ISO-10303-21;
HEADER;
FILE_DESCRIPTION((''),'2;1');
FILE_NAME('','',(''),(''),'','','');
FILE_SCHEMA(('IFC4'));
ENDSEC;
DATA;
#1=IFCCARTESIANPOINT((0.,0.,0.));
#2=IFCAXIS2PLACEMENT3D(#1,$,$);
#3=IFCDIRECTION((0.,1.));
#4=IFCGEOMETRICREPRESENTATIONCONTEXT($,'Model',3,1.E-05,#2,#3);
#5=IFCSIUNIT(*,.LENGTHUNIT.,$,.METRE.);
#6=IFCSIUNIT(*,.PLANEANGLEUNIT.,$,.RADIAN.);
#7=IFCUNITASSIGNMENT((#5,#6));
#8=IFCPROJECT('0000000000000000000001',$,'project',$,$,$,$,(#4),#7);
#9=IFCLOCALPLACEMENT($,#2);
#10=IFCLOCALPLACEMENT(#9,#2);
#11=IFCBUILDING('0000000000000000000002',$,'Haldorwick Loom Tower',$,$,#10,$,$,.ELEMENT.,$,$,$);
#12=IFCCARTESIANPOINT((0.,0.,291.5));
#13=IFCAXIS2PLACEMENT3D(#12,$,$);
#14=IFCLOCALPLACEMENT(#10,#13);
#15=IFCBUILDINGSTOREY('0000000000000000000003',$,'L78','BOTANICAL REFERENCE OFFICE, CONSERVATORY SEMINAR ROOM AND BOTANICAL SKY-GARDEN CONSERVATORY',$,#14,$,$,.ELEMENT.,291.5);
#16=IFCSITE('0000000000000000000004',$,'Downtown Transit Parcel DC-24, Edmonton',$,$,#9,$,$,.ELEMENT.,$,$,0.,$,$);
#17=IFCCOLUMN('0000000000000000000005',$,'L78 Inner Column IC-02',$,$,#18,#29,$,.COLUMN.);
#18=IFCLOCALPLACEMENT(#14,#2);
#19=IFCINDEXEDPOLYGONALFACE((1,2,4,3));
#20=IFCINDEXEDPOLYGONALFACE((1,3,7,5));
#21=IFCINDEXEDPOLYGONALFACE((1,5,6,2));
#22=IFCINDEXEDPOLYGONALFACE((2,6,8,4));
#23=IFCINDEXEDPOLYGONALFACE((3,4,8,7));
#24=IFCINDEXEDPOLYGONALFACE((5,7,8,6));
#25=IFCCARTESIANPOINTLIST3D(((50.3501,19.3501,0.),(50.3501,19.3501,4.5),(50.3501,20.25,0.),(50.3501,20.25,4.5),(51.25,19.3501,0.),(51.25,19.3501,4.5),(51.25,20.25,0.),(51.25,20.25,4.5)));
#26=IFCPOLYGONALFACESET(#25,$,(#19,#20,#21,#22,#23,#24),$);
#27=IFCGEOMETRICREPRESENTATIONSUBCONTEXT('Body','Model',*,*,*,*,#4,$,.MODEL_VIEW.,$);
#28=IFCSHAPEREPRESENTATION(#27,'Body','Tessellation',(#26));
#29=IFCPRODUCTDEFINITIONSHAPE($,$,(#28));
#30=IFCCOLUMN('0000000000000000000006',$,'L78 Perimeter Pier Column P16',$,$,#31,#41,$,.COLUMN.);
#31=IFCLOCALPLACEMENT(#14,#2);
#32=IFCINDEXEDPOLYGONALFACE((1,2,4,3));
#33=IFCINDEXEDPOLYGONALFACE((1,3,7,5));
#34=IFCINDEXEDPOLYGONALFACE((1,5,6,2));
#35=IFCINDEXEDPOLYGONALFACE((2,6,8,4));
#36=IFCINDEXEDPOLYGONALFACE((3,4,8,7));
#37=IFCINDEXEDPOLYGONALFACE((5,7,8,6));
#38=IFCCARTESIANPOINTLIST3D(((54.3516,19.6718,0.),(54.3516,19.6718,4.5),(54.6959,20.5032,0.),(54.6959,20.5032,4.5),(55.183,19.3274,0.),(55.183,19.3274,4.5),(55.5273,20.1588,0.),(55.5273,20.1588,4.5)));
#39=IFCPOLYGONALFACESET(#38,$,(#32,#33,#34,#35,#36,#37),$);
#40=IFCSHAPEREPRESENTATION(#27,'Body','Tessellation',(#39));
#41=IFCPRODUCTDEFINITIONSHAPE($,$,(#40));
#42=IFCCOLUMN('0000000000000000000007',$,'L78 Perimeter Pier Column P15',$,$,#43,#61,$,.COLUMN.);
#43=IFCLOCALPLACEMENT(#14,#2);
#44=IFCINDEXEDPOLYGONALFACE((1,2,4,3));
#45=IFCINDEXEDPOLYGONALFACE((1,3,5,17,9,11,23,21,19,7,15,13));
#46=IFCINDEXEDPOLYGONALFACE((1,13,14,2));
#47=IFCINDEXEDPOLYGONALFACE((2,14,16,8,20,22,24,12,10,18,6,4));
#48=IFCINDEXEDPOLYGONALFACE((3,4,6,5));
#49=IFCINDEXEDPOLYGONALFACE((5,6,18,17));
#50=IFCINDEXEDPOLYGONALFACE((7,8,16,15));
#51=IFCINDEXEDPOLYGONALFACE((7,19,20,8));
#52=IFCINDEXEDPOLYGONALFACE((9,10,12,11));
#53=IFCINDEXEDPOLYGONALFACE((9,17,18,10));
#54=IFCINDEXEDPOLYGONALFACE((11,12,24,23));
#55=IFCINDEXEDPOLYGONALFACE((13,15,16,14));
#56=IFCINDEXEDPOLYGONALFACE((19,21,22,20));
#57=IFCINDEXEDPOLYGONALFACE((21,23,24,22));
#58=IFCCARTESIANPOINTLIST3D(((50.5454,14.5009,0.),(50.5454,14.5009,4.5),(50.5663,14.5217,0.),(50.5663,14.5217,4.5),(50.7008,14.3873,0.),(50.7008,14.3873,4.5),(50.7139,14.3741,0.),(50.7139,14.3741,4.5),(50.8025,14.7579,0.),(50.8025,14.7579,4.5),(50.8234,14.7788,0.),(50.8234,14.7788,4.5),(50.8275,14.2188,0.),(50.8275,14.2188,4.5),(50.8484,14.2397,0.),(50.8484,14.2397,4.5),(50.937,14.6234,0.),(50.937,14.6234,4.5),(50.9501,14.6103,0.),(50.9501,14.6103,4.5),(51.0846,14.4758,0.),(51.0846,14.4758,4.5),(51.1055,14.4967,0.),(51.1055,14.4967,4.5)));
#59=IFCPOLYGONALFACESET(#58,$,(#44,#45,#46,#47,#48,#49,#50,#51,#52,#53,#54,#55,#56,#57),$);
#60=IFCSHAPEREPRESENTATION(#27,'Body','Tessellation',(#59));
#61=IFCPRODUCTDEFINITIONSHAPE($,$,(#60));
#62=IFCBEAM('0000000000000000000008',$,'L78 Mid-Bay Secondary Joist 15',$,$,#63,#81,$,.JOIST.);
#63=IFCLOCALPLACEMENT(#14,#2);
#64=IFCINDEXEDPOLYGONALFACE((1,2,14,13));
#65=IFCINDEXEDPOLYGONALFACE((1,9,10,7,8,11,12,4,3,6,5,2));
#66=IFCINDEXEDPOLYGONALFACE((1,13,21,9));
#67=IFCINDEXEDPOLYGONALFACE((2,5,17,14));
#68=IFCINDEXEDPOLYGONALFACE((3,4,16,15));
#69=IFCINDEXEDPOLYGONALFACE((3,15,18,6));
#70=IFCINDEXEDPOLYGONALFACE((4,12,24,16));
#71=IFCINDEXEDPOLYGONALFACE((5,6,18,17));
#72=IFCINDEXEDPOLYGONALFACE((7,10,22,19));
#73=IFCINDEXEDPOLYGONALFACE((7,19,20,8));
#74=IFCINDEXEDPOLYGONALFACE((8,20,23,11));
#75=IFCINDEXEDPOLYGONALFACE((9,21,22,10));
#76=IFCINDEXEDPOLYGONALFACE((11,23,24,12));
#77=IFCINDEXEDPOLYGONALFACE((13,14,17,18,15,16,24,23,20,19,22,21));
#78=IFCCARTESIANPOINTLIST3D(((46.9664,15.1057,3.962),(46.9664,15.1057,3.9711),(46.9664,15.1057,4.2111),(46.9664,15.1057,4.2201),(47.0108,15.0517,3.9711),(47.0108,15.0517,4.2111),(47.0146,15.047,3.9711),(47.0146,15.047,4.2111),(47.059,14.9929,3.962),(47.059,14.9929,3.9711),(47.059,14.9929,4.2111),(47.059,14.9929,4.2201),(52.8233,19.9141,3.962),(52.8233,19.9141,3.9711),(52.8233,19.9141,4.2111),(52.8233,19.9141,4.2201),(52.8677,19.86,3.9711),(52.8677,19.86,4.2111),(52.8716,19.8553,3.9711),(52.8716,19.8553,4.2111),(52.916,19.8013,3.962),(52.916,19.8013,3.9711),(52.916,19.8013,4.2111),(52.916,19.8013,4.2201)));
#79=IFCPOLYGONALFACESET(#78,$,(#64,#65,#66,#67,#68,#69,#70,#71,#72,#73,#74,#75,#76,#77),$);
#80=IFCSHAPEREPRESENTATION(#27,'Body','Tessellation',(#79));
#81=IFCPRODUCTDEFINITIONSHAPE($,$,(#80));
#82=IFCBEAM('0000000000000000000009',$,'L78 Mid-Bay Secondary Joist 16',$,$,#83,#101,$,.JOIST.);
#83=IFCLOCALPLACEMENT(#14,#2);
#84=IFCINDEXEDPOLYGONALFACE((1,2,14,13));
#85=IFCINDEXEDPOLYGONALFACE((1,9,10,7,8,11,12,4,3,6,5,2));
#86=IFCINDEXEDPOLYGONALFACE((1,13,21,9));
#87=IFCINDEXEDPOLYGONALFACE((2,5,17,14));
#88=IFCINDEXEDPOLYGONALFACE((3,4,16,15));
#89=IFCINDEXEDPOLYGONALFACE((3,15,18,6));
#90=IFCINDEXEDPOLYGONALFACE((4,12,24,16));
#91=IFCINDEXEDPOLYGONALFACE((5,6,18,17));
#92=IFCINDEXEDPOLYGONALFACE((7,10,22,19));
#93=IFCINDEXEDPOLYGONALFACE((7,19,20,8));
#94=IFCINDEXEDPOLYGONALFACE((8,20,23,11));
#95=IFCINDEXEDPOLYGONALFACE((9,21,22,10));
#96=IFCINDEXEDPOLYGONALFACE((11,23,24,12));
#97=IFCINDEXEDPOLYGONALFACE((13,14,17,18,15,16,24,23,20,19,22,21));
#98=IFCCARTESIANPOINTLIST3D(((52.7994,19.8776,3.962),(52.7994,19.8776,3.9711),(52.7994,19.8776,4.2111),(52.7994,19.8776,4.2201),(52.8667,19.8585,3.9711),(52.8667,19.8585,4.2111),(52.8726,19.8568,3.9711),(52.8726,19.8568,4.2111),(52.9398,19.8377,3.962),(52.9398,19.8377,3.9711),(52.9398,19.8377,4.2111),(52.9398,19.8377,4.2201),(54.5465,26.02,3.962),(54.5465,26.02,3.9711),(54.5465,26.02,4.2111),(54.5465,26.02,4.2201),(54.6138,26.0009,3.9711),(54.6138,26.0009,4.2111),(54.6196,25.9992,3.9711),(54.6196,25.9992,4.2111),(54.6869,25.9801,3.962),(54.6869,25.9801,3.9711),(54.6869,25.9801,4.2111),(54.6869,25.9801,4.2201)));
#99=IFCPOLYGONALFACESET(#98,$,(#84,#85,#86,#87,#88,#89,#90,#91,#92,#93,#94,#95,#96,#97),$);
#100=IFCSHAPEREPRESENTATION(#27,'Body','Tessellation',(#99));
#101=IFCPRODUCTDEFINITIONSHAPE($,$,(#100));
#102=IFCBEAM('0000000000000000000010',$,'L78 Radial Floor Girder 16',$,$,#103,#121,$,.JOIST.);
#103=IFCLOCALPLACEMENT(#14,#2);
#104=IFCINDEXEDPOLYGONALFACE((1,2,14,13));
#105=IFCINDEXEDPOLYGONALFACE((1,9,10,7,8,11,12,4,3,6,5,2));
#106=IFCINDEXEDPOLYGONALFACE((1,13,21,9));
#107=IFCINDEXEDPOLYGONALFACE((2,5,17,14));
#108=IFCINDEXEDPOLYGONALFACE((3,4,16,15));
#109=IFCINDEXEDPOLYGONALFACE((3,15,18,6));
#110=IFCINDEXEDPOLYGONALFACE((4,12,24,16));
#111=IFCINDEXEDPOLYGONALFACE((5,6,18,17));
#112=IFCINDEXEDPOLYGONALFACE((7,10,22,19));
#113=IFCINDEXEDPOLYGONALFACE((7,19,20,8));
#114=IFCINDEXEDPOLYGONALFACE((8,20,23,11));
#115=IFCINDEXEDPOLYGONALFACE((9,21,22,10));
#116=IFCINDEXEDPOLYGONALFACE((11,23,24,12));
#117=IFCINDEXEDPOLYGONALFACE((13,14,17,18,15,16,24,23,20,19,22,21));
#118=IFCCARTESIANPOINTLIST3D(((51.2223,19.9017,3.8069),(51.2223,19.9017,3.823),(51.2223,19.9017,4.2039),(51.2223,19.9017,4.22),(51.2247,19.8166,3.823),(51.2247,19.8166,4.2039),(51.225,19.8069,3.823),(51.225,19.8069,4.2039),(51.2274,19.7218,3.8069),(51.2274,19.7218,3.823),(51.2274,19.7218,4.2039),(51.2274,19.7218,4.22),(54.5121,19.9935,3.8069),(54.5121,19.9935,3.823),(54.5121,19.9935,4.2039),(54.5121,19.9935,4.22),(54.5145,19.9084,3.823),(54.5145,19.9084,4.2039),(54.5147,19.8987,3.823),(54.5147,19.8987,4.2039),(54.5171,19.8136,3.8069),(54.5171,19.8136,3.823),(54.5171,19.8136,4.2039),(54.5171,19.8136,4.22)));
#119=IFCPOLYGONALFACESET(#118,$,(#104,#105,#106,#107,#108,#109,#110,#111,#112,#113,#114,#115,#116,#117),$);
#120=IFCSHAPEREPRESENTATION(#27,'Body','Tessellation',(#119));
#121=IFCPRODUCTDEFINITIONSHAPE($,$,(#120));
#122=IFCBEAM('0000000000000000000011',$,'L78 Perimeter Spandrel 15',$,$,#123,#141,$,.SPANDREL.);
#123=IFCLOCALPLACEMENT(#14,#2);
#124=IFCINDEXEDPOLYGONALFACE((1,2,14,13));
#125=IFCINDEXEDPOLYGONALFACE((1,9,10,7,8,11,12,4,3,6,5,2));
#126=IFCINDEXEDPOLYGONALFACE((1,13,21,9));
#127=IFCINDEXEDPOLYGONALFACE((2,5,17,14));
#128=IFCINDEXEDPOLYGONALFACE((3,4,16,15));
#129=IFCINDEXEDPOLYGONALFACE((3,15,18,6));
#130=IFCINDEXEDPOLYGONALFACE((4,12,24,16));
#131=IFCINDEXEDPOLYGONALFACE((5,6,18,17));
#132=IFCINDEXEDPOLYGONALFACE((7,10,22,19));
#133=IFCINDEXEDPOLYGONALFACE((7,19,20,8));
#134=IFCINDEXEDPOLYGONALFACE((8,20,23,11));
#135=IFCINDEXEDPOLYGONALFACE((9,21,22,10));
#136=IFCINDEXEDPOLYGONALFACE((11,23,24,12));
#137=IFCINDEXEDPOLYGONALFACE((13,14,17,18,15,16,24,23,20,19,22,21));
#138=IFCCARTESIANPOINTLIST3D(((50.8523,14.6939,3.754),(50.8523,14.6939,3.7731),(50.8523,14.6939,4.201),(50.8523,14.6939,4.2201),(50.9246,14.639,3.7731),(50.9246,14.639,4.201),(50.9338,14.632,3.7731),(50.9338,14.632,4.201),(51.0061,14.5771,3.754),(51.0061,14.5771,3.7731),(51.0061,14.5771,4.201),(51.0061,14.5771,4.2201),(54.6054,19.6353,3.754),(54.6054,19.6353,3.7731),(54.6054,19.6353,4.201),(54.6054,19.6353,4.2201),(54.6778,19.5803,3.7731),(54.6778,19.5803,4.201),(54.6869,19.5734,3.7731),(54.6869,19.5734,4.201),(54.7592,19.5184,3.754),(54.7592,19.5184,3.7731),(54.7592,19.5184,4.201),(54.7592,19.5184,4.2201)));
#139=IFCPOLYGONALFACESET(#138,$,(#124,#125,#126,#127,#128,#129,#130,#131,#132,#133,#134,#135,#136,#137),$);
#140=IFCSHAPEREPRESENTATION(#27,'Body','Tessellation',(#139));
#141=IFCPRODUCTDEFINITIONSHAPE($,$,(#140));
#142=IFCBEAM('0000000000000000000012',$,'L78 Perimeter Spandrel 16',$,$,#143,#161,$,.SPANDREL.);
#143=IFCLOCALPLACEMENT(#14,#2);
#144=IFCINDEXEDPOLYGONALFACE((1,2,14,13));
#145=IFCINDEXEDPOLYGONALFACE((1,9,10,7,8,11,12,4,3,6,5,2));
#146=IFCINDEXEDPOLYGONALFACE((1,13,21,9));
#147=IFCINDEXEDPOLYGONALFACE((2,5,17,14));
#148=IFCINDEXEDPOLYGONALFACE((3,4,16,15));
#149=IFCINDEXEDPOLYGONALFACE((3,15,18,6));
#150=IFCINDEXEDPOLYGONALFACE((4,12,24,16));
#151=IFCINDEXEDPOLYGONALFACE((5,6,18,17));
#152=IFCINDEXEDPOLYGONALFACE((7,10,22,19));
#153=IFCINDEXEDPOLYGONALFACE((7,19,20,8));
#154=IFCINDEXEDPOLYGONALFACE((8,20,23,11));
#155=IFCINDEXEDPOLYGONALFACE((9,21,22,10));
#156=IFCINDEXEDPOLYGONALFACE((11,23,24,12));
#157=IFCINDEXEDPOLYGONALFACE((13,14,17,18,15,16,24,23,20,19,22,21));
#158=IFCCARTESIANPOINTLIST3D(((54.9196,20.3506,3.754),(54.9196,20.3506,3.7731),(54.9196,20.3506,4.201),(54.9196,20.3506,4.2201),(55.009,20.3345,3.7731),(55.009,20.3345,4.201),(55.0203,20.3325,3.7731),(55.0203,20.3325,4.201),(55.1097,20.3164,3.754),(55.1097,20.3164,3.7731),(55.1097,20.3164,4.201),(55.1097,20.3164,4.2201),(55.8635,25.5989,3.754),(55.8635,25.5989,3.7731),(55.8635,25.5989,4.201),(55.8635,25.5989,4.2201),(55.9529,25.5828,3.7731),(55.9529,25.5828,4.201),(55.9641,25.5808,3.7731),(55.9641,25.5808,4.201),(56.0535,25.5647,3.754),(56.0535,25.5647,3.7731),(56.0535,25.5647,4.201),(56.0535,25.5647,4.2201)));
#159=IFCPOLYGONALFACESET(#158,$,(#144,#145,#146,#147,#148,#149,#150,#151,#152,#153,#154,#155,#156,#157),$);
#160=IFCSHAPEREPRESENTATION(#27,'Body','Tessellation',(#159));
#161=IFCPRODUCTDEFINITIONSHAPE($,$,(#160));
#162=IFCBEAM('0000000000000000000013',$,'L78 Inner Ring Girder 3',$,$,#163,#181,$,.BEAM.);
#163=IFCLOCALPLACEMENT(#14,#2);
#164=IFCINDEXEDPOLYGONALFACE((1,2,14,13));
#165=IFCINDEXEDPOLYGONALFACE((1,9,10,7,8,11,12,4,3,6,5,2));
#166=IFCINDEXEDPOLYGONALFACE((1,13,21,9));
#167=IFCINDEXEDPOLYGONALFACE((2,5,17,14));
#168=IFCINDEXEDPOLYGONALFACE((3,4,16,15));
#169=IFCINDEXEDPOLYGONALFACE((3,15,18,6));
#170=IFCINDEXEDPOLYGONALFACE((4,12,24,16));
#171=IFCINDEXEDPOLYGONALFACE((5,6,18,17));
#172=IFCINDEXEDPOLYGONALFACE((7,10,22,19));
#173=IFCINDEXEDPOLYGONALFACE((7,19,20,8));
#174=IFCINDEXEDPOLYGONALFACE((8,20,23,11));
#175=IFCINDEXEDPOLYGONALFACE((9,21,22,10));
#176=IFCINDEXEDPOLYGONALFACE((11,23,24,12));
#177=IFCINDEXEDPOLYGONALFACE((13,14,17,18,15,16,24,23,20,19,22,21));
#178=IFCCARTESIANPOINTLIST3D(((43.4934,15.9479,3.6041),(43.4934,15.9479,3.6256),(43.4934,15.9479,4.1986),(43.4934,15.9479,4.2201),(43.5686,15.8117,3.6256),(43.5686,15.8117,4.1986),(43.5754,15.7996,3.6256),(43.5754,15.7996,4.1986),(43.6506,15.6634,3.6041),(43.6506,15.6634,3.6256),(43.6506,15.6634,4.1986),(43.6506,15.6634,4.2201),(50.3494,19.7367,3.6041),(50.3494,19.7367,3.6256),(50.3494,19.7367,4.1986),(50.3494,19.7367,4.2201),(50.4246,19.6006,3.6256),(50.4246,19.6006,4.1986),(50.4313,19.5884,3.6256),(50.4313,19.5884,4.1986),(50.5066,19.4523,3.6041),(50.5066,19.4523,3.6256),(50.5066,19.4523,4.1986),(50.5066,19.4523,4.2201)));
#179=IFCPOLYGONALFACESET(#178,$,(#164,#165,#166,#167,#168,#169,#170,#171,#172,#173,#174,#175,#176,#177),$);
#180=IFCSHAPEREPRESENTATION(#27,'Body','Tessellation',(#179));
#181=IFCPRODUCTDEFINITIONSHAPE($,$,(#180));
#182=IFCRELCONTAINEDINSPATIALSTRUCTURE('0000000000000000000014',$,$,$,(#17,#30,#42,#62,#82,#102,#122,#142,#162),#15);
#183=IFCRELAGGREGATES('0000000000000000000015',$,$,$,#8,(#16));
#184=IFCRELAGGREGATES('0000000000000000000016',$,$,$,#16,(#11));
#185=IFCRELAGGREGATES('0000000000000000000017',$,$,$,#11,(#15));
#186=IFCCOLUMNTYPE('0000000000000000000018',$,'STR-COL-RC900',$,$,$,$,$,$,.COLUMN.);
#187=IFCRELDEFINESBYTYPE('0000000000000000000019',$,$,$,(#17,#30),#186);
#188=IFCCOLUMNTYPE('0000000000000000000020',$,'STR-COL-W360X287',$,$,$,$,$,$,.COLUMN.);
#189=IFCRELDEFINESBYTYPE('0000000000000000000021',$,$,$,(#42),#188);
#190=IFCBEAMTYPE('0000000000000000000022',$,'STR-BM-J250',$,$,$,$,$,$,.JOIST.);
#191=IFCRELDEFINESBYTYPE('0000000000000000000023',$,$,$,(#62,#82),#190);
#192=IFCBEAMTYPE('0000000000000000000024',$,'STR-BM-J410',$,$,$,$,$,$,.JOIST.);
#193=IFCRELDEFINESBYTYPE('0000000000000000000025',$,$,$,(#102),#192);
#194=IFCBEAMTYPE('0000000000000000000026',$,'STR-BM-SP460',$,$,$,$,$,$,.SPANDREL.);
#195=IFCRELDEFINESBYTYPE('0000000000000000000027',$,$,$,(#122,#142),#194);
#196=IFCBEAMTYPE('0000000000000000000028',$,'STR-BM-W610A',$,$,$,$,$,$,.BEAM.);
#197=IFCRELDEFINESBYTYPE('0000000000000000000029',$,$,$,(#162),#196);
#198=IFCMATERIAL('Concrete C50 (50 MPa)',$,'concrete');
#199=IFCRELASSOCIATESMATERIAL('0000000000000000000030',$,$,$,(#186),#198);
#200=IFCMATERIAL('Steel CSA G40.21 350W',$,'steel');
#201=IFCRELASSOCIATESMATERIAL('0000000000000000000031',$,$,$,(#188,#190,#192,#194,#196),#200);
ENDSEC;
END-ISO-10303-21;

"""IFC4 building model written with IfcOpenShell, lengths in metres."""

from ifc_helpers import new_model, si_unit, direction, frame, origin, origin_2d, place, context, subcontext, project, spatial, rectangle, i_section, extrude, material, material_profile, profile_set, type_object, element, save


model = new_model("IFC4")

# Units and contexts
model_context = context("Model", 3, precision=1e-05, world=origin(), true_north=direction((0.0, 1.0)))
body_context = subcontext(model_context, "Body", "Model", "MODEL_VIEW")
ifc_project = project(units=[si_unit("LENGTHUNIT", "METRE"), si_unit("PLANEANGLEUNIT", "RADIAN")], contexts=[model_context])

# Site, building, storey
site_placement = place(None, origin())
site = spatial("IfcSite", under=ifc_project, at=site_placement, Name="Downtown Transit Parcel DC-24, Edmonton", CompositionType="ELEMENT", RefElevation=0.0)
building_placement = place(site_placement, origin())
building = spatial("IfcBuilding", under=site, at=building_placement, Name="Haldorwick Loom Tower", CompositionType="ELEMENT")
storey_placement = place(building_placement, frame((0.0, 0.0, 291.5)))
storey = spatial("IfcBuildingStorey", under=building, at=storey_placement, Name="L78", Description="BOTANICAL REFERENCE OFFICE, CONSERVATORY SEMINAR ROOM AND BOTANICAL SKY-GARDEN CONSERVATORY", CompositionType="ELEMENT", Elevation=291.5)

# Columns
ifc_material_1 = material(Name="Concrete C50 (50 MPa)", Category="concrete")
ifc_material_profile_1 = material_profile(ifc_material_1, rectangle(XDim=0.8999, YDim=0.8999, at=origin_2d()), Name="RC900X900", Category="concrete")
ifc_profile_set_1 = profile_set([ifc_material_profile_1], Name="Concrete C50 (50 MPa)")
column_type_1 = type_object("IfcColumnType", Name="STR-COL-RC900", PredefinedType="COLUMN", material=ifc_profile_set_1)
for number, where, z_axis, x_axis, name in (
    (1, (50.8, 19.8, 0.0), (0.0, 0.0, 1.0), (1.0, 0.0, 0.0), "L78 Inner Column IC-02"),
    (2, (54.9395, 19.9153, 0.0), (0.0, 0.0, 1.0), (0.92388, -0.382683, 0.0), "L78 Perimeter Pier Column P16"),
):
    element("IfcColumn", number, at=place(storey_placement, frame(where, z_axis=z_axis, x_axis=x_axis)), inside=storey, type_object=column_type_1, Name=name, PredefinedType="COLUMN", context=body_context, shape_type="SweptSolid", body=[
        extrude(rectangle(XDim=0.8999, YDim=0.8999, at=origin_2d()), origin(), (0.0, 0.0, 1.0), 4.5),
    ])
ifc_material_2 = material(Name="Steel CSA G40.21 350W", Category="steel")
ifc_material_profile_2 = material_profile(ifc_material_2, i_section(OverallWidth=0.3989, OverallDepth=0.3931, WebThickness=0.0186, FlangeThickness=0.0295, at=origin_2d()), Name="W360X287", Category="steel")
ifc_profile_set_2 = profile_set([ifc_material_profile_2], Name="Steel CSA G40.21 350W")
column_type_2 = type_object("IfcColumnType", Name="STR-COL-W360X287", PredefinedType="COLUMN", material=ifc_profile_set_2)
column_placement = place(storey_placement, frame((50.8254, 14.4988, 0.0), z_axis=(0.0, 0.0, 1.0), x_axis=(0.707107, -0.707107, 0.0)))
element("IfcColumn", 3, at=column_placement, inside=storey, type_object=column_type_2, Name="L78 Perimeter Pier Column P15", PredefinedType="COLUMN", context=body_context, shape_type="SweptSolid", body=[
    extrude(i_section(OverallWidth=0.3989, OverallDepth=0.3931, WebThickness=0.0186, FlangeThickness=0.0295, at=origin_2d()), origin(), (0.0, 0.0, 1.0), 4.5),
])

# Beams
ifc_material_profile_3 = material_profile(ifc_material_2, i_section(OverallWidth=0.146, OverallDepth=0.2581, WebThickness=0.0061, FlangeThickness=0.009, at=origin_2d()), Name="W250X33", Category="steel")
ifc_profile_set_3 = profile_set([ifc_material_profile_3], Name="Steel CSA G40.21 350W")
beam_type_1 = type_object("IfcBeamType", Name="STR-BM-J250", PredefinedType="JOIST", material=ifc_profile_set_3)
beam_1_placement = place(storey_placement, frame((47.0127, 15.0493, 4.0911), z_axis=(0.772901, 0.634526, 0.0), x_axis=(-0.634526, 0.772901, 0.0)))
element("IfcBeam", 4, at=beam_1_placement, inside=storey, type_object=beam_type_1, Name="L78 Mid-Bay Secondary Joist 15", PredefinedType="JOIST", context=body_context, shape_type="SweptSolid", body=[
    extrude(i_section(OverallWidth=0.146, OverallDepth=0.2581, WebThickness=0.0061, FlangeThickness=0.009, at=origin_2d()), origin(), (0.0, 0.0, 1.0), 7.5779),
])
beam_2_placement = place(storey_placement, frame((52.8696, 19.8577, 4.0911), z_axis=(0.27358, 0.961849, 0.0), x_axis=(-0.961849, 0.27358, 0.0)))
element("IfcBeam", 5, at=beam_2_placement, inside=storey, type_object=beam_type_1, Name="L78 Mid-Bay Secondary Joist 16", PredefinedType="JOIST", context=body_context, shape_type="SweptSolid", body=[
    extrude(i_section(OverallWidth=0.146, OverallDepth=0.2581, WebThickness=0.0061, FlangeThickness=0.009, at=origin_2d()), origin(), (0.0, 0.0, 1.0), 6.386),
])
ifc_material_profile_4 = material_profile(ifc_material_2, i_section(OverallWidth=0.1799, OverallDepth=0.4131, WebThickness=0.0098, FlangeThickness=0.0161, at=origin_2d()), Name="W410X74", Category="steel")
ifc_profile_set_4 = profile_set([ifc_material_profile_4], Name="Steel CSA G40.21 350W")
beam_type_2 = type_object("IfcBeamType", Name="STR-BM-J410", PredefinedType="JOIST", material=ifc_profile_set_4)
beam_3_placement = place(storey_placement, frame((51.2249, 19.8118, 4.0134), z_axis=(0.999611, 0.027893, 0.0), x_axis=(-0.027893, 0.999611, 0.0)))
element("IfcBeam", 6, at=beam_3_placement, inside=storey, type_object=beam_type_2, Name="L78 Radial Floor Girder 16", PredefinedType="JOIST", context=body_context, shape_type="SweptSolid", body=[
    extrude(i_section(OverallWidth=0.1799, OverallDepth=0.4131, WebThickness=0.0098, FlangeThickness=0.0161, at=origin_2d()), origin(), (0.0, 0.0, 1.0), 3.291),
])
ifc_material_profile_5 = material_profile(ifc_material_2, i_section(OverallWidth=0.1931, OverallDepth=0.4661, WebThickness=0.0115, FlangeThickness=0.019, at=origin_2d()), Name="W460X97", Category="steel")
ifc_profile_set_5 = profile_set([ifc_material_profile_5], Name="Steel CSA G40.21 350W")
beam_type_3 = type_object("IfcBeamType", Name="STR-BM-SP460", PredefinedType="SPANDREL", material=ifc_profile_set_5)
beam_4_placement = place(storey_placement, frame((50.9292, 14.6355, 3.9871), z_axis=(0.604849, 0.79634, 0.0), x_axis=(-0.79634, 0.604849, 0.0)))
element("IfcBeam", 7, at=beam_4_placement, inside=storey, type_object=beam_type_3, Name="L78 Perimeter Spandrel 15", PredefinedType="SPANDREL", context=body_context, shape_type="SweptSolid", body=[
    extrude(i_section(OverallWidth=0.1931, OverallDepth=0.4661, WebThickness=0.0115, FlangeThickness=0.019, at=origin_2d()), origin(), (0.0, 0.0, 1.0), 6.2051),
])
beam_5_placement = place(storey_placement, frame((55.0146, 20.3335, 3.9871), z_axis=(0.177, 0.984211, 0.0), x_axis=(-0.984211, 0.177, 0.0)))
element("IfcBeam", 8, at=beam_5_placement, inside=storey, type_object=beam_type_3, Name="L78 Perimeter Spandrel 16", PredefinedType="SPANDREL", context=body_context, shape_type="SweptSolid", body=[
    extrude(i_section(OverallWidth=0.1931, OverallDepth=0.4661, WebThickness=0.0115, FlangeThickness=0.019, at=origin_2d()), origin(), (0.0, 0.0, 1.0), 5.3325),
])
ifc_material_profile_6 = material_profile(ifc_material_2, i_section(OverallWidth=0.325, OverallDepth=0.616, WebThickness=0.0139, FlangeThickness=0.0215, at=origin_2d()), Name="W610X174", Category="steel")
ifc_profile_set_6 = profile_set([ifc_material_profile_6], Name="Steel CSA G40.21 350W")
beam_type_4 = type_object("IfcBeamType", Name="STR-BM-W610A", PredefinedType="BEAM", material=ifc_profile_set_6)
beam_6_placement = place(storey_placement, frame((50.428, 19.5945, 3.9121), z_axis=(-0.875242, -0.483686, 0.0), x_axis=(0.483686, -0.875242, 0.0)))
element("IfcBeam", 9, at=beam_6_placement, inside=storey, type_object=beam_type_4, Name="L78 Inner Ring Girder 3", PredefinedType="BEAM", context=body_context, shape_type="SweptSolid", body=[
    extrude(i_section(OverallWidth=0.325, OverallDepth=0.616, WebThickness=0.0139, FlangeThickness=0.0215, at=origin_2d()), origin(), (0.0, 0.0, 1.0), 7.8333),
])

save(model, "model.ifc")
